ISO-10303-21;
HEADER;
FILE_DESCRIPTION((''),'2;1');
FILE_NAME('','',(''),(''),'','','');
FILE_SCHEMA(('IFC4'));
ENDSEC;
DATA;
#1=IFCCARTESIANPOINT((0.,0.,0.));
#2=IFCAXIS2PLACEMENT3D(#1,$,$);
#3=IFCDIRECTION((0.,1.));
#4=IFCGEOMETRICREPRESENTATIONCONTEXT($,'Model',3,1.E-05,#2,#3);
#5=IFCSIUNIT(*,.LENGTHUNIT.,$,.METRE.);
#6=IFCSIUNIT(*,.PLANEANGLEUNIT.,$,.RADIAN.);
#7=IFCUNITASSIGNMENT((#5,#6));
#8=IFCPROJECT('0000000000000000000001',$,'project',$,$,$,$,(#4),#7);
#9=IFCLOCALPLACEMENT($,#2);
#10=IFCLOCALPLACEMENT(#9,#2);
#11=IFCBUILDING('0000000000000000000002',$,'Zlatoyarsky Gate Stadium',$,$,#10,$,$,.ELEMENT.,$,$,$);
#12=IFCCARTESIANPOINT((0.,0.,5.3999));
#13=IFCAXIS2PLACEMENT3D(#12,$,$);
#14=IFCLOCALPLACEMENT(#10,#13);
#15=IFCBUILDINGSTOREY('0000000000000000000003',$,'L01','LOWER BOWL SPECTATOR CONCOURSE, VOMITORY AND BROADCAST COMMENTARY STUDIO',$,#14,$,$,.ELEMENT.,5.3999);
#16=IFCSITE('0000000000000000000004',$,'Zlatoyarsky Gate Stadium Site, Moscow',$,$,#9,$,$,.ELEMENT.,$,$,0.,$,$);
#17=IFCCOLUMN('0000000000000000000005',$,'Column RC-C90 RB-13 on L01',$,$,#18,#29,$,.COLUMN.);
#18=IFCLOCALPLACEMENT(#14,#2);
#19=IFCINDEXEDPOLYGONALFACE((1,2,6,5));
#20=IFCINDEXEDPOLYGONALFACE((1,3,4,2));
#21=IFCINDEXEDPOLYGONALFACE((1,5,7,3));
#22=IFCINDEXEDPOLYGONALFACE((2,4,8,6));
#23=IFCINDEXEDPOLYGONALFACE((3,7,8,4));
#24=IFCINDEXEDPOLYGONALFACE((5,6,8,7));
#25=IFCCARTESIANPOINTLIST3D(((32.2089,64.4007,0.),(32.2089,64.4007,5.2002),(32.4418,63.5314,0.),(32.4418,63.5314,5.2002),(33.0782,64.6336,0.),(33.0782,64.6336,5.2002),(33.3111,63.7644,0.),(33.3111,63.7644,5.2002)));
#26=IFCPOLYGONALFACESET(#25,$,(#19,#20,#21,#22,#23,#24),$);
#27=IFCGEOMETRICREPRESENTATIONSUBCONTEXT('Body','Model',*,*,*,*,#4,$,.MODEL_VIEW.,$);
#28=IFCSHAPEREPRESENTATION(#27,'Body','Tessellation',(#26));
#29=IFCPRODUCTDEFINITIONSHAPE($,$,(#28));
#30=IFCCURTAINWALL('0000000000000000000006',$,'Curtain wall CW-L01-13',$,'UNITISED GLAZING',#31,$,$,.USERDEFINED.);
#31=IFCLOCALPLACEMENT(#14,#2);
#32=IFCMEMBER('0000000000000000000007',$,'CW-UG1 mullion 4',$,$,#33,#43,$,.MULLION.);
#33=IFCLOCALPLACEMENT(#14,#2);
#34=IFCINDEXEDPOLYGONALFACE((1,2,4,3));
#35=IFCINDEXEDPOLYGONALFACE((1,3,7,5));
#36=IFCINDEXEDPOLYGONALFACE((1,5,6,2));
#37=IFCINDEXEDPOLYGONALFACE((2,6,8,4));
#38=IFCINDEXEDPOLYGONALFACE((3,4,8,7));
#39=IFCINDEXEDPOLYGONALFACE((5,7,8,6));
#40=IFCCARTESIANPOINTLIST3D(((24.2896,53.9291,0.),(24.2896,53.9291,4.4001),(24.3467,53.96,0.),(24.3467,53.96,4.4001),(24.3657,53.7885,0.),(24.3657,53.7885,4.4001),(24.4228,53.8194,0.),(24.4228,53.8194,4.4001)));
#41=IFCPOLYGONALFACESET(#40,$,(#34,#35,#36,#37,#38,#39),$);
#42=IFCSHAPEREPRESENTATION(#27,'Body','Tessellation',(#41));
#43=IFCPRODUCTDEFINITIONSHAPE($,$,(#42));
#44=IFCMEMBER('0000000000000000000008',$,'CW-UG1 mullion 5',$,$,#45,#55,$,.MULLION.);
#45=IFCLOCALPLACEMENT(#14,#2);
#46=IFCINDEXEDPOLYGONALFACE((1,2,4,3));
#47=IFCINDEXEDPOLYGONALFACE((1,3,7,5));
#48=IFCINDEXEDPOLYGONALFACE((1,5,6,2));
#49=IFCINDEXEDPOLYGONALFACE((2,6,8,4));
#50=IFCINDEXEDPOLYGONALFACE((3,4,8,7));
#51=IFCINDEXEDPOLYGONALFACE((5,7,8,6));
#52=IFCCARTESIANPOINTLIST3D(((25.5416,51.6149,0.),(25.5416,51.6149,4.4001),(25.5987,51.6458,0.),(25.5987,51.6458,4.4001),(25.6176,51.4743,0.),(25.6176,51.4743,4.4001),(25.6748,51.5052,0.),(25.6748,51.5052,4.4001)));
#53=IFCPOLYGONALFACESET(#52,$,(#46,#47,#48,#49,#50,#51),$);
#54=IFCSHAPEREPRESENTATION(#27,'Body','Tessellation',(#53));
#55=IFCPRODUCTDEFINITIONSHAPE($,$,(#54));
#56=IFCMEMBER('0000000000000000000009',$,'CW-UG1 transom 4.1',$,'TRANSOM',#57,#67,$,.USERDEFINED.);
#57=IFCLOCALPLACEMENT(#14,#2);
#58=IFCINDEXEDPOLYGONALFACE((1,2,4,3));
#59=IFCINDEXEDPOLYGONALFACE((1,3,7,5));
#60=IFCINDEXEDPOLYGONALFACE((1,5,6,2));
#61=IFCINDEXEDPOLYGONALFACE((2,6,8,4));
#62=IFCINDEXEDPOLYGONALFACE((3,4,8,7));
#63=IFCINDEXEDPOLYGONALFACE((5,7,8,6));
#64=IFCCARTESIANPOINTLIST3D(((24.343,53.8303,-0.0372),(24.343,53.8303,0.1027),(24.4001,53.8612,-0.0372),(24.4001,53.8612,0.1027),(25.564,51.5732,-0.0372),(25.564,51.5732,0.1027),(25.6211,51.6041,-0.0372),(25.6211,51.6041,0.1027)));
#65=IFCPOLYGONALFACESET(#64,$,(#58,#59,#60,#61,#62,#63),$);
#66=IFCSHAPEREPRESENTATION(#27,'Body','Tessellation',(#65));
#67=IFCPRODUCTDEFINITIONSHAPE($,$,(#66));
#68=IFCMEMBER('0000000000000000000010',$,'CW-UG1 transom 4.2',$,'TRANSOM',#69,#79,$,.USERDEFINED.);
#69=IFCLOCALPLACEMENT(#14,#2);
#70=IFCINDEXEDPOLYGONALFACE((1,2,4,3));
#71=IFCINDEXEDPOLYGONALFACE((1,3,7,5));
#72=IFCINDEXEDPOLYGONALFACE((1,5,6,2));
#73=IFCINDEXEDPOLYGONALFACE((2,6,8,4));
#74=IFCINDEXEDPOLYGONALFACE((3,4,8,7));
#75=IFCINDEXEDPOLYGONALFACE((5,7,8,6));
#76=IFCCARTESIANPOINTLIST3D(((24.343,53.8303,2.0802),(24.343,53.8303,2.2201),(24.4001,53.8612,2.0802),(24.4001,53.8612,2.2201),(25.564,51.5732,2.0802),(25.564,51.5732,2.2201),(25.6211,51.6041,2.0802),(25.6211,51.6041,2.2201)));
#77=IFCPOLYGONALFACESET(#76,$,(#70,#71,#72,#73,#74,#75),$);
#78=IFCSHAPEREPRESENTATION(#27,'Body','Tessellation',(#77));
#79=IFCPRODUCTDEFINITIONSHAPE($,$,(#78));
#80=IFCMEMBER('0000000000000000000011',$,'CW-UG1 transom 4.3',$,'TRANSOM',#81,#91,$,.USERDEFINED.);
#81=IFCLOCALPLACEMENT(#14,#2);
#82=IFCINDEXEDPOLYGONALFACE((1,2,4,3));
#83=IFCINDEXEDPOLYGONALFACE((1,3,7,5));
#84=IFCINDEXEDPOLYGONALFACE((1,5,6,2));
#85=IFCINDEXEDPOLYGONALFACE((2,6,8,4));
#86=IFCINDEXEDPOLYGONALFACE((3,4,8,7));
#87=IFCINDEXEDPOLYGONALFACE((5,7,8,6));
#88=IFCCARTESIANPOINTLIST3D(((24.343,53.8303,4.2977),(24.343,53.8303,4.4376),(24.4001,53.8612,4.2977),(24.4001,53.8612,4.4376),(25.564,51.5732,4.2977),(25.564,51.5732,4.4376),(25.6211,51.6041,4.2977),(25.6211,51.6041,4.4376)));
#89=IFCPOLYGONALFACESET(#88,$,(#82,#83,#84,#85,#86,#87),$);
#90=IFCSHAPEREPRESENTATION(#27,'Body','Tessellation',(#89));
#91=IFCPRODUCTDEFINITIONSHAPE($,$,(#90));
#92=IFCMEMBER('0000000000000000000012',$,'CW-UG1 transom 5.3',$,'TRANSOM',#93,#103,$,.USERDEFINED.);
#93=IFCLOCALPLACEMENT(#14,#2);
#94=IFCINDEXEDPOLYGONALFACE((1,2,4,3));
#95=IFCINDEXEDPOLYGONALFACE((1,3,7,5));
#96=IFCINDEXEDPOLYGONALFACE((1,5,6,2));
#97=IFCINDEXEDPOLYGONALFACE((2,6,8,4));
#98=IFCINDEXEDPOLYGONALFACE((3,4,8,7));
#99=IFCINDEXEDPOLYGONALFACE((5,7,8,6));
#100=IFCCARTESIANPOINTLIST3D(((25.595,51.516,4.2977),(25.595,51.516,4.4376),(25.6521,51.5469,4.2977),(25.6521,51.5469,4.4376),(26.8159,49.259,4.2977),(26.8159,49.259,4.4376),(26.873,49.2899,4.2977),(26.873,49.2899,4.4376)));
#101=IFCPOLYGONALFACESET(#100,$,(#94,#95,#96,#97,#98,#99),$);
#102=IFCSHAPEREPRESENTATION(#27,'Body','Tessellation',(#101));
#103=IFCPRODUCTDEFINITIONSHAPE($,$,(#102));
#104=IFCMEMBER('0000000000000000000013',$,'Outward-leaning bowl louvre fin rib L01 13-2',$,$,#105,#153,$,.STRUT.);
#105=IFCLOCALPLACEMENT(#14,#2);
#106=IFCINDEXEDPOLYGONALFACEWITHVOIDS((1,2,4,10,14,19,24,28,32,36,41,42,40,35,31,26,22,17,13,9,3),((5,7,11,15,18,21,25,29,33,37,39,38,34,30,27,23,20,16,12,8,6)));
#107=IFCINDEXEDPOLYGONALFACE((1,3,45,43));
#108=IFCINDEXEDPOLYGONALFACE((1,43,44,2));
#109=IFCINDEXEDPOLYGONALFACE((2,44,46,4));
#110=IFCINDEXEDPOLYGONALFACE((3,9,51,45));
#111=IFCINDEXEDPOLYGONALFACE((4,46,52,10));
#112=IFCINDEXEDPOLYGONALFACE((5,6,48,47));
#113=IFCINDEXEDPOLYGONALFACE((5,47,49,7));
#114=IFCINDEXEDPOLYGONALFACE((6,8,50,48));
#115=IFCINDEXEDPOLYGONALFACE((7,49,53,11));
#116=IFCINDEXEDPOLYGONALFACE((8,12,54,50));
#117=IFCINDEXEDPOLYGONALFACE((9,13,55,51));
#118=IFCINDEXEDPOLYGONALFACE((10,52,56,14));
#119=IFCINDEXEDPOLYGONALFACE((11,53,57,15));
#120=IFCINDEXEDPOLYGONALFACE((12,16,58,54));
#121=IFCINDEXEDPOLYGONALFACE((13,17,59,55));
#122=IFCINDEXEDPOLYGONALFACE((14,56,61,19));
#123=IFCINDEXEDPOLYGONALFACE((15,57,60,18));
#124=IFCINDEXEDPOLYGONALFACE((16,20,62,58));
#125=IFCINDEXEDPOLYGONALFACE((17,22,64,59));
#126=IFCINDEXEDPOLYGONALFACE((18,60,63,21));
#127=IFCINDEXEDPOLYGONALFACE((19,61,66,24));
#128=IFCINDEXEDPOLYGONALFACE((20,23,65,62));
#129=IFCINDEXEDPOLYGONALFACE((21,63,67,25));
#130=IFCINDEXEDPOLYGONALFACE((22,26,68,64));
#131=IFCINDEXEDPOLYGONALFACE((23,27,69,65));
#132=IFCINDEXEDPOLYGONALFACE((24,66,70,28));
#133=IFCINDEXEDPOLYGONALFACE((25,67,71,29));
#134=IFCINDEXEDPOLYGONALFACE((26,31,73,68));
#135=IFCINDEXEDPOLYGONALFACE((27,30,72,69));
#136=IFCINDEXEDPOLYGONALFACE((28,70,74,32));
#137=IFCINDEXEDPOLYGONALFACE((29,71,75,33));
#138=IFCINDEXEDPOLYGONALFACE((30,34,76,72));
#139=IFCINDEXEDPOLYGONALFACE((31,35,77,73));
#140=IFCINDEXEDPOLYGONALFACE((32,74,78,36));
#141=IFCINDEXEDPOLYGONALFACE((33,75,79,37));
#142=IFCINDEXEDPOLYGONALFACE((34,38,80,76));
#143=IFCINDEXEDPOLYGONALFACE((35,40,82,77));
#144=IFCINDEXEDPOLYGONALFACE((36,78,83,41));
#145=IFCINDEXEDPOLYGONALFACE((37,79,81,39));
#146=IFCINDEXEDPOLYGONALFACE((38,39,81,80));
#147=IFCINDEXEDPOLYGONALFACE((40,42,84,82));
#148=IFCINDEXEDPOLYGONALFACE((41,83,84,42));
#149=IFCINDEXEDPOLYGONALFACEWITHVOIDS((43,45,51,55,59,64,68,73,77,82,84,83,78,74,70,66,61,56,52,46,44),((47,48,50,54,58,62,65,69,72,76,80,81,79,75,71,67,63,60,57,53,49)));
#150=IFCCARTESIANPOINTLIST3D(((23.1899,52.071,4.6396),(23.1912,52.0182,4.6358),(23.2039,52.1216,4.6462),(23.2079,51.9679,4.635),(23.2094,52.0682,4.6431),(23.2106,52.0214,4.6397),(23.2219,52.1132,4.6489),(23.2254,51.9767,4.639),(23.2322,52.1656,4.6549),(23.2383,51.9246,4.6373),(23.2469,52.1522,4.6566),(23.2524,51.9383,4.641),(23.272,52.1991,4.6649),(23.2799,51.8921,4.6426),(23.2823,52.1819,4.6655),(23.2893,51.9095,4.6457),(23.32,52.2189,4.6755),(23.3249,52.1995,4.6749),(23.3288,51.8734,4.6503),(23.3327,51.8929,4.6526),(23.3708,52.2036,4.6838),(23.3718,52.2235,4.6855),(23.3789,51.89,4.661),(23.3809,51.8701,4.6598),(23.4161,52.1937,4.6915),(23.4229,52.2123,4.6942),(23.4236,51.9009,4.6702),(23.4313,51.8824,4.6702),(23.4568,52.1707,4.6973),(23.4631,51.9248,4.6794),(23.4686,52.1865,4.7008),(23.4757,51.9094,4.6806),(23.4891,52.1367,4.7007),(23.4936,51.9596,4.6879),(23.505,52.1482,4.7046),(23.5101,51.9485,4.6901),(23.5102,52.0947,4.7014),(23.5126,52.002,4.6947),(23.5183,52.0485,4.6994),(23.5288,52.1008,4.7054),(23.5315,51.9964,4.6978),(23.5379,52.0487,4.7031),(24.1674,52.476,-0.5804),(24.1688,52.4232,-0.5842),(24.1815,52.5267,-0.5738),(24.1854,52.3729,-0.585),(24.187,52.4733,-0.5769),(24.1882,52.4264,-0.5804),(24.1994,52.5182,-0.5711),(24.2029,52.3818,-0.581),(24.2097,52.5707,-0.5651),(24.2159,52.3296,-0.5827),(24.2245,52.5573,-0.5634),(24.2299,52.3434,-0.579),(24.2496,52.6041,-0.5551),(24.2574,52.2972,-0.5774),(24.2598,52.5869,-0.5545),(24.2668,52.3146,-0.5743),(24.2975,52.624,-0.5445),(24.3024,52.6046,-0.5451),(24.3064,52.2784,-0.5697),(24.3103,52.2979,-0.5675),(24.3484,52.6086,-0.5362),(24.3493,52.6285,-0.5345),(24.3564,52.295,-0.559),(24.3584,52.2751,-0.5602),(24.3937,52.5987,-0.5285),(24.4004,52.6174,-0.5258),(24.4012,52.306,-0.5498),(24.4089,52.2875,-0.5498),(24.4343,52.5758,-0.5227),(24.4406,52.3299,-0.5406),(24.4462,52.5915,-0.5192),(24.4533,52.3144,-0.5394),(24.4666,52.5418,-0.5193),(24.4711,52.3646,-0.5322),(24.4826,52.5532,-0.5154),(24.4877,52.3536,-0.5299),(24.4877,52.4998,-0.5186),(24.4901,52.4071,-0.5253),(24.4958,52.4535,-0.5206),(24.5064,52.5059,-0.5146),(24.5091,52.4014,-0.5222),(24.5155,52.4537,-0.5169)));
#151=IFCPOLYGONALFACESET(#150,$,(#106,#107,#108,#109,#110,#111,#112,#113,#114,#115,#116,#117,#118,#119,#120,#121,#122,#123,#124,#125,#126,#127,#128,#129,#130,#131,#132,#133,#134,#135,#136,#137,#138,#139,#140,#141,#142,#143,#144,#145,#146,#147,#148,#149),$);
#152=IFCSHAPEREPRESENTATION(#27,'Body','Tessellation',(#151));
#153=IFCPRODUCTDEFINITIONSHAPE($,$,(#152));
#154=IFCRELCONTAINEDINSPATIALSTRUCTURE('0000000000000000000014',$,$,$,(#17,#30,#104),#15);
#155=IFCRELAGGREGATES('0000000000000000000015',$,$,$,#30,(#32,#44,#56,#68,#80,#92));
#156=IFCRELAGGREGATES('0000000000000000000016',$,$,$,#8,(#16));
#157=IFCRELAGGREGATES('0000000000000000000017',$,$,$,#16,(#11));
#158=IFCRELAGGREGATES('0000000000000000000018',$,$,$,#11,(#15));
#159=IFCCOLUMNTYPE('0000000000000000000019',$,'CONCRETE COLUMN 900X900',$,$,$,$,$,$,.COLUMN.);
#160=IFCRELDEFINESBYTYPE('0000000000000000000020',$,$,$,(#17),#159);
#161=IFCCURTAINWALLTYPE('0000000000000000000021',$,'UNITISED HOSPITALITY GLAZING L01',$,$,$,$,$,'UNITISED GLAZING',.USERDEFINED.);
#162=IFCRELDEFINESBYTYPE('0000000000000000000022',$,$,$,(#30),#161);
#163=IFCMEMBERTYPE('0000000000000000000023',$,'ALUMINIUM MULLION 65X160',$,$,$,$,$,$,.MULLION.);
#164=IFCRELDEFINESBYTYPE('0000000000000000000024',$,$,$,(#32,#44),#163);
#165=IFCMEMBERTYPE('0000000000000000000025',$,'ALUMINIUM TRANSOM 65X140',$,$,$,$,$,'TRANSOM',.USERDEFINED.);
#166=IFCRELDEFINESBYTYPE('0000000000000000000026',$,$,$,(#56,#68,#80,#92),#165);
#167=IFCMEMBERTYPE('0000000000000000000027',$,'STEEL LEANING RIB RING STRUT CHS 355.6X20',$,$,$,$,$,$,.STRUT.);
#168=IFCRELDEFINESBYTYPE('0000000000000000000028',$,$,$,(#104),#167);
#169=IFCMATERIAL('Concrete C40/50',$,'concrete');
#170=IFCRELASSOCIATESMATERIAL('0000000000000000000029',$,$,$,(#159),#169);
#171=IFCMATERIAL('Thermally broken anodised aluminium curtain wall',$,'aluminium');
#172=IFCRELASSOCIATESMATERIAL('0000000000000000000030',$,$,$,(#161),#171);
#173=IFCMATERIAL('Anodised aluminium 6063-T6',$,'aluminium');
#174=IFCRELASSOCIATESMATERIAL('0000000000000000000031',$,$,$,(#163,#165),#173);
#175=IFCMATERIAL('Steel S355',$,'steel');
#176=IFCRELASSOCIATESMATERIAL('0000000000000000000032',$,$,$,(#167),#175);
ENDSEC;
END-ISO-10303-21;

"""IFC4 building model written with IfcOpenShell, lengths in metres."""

from ifc_helpers import new_model, si_unit, direction, frame, origin, origin_2d, place, context, subcontext, project, spatial, rectangle, hollow_circle, extrude, material, material_profile, profile_set, type_object, element, aggregate, save


model = new_model("IFC4")

# Units and contexts
model_context = context("Model", 3, precision=1e-05, world=origin(), true_north=direction((0.0, 1.0)))
body_context = subcontext(model_context, "Body", "Model", "MODEL_VIEW")
ifc_project = project(units=[si_unit("LENGTHUNIT", "METRE"), si_unit("PLANEANGLEUNIT", "RADIAN")], contexts=[model_context])

# Site, building, storey
site_placement = place(None, origin())
site = spatial("IfcSite", under=ifc_project, at=site_placement, Name="Zlatoyarsky Gate Stadium Site, Moscow", CompositionType="ELEMENT", RefElevation=0.0)
building_placement = place(site_placement, origin())
building = spatial("IfcBuilding", under=site, at=building_placement, Name="Zlatoyarsky Gate Stadium", CompositionType="ELEMENT")
storey_placement = place(building_placement, frame((0.0, 0.0, 5.3999)))
storey = spatial("IfcBuildingStorey", under=building, at=storey_placement, Name="L01", Description="LOWER BOWL SPECTATOR CONCOURSE, VOMITORY AND BROADCAST COMMENTARY STUDIO", CompositionType="ELEMENT", Elevation=5.3999)

# Column
ifc_material_1 = material(Name="Concrete C40/50", Category="concrete")
ifc_material_profile_1 = material_profile(ifc_material_1, rectangle(XDim=0.8999, YDim=0.8999, at=origin_2d()), Name="RC COL 900X900")
ifc_profile_set_1 = profile_set([ifc_material_profile_1], Name="Concrete C40/50")
column_type = type_object("IfcColumnType", Name="CONCRETE COLUMN 900X900", PredefinedType="COLUMN", material=ifc_profile_set_1)
column_placement = place(storey_placement, frame((32.76, 64.0825, 0.0), z_axis=(0.0, 0.0, 1.0), x_axis=(-0.965926, -0.258819, 0.0)))
element("IfcColumn", 1, at=column_placement, inside=storey, type_object=column_type, Name="Column RC-C90 RB-13 on L01", PredefinedType="COLUMN", context=body_context, shape_type="SweptSolid", body=[
    extrude(rectangle(XDim=0.8999, YDim=0.8999, at=origin_2d()), origin(), (0.0, 0.0, 1.0), 5.2002),
])

# Curtain wall, members
ifc_material_2 = material(Name="Thermally broken anodised aluminium curtain wall", Category="aluminium")
curtain_wall_type = type_object("IfcCurtainWallType", Name="UNITISED HOSPITALITY GLAZING L01", ElementType="UNITISED GLAZING", PredefinedType="USERDEFINED", material=ifc_material_2)
curtain_wall_placement = place(storey_placement, origin())
curtain_wall = element("IfcCurtainWall", 2, at=curtain_wall_placement, inside=storey, type_object=curtain_wall_type, Name="Curtain wall CW-L01-13", ObjectType="UNITISED GLAZING", PredefinedType="USERDEFINED")
ifc_material_3 = material(Name="Anodised aluminium 6063-T6", Category="aluminium")
ifc_material_profile_2 = material_profile(ifc_material_3, rectangle(XDim=0.0649, YDim=0.1599, at=origin_2d()), Name="ALU 65X160")
ifc_profile_set_2 = profile_set([ifc_material_profile_2], Name="Anodised aluminium 6063-T6")
member_type_1 = type_object("IfcMemberType", Name="ALUMINIUM MULLION 65X160", PredefinedType="MULLION", material=ifc_profile_set_2)
member_1_placement = place(storey_placement, frame((24.3562, 53.8743, 0.0), z_axis=(0.0, 0.0, 1.0), x_axis=(0.879561, 0.475786, 0.0)))
member_1 = element("IfcMember", 3, at=member_1_placement, type_object=member_type_1, Name="CW-UG1 mullion 4", PredefinedType="MULLION", context=body_context, shape_type="SweptSolid", body=[
    extrude(rectangle(XDim=0.0649, YDim=0.1599, at=origin_2d()), origin(), (0.0, 0.0, 1.0), 4.4001),
])
member_2_placement = place(storey_placement, frame((25.6082, 51.5601, 0.0), z_axis=(0.0, 0.0, 1.0), x_axis=(0.879561, 0.475786, 0.0)))
member_2 = element("IfcMember", 4, at=member_2_placement, type_object=member_type_1, Name="CW-UG1 mullion 5", PredefinedType="MULLION", context=body_context, shape_type="SweptSolid", body=[
    extrude(rectangle(XDim=0.0649, YDim=0.1599, at=origin_2d()), origin(), (0.0, 0.0, 1.0), 4.4001),
])
ifc_material_profile_3 = material_profile(ifc_material_3, rectangle(XDim=0.0649, YDim=0.1399, at=origin_2d()), Name="ALU 65X140")
ifc_profile_set_3 = profile_set([ifc_material_profile_3], Name="Anodised aluminium 6063-T6")
member_type_2 = type_object("IfcMemberType", Name="ALUMINIUM TRANSOM 65X140", ElementType="TRANSOM", PredefinedType="USERDEFINED", material=ifc_profile_set_3)
member_3_placement = place(storey_placement, frame((24.3716, 53.8457, 0.0327), z_axis=(0.47579, -0.879559, 0.0), x_axis=(0.879559, 0.47579, 0.0)))
member_3 = element("IfcMember", 5, at=member_3_placement, type_object=member_type_2, Name="CW-UG1 transom 4.1", ObjectType="TRANSOM", PredefinedType="USERDEFINED", context=body_context, shape_type="SweptSolid", body=[
    extrude(rectangle(XDim=0.0649, YDim=0.1399, at=origin_2d()), origin(), (0.0, 0.0, 1.0), 2.5662),
])
member_4_placement = place(storey_placement, frame((24.3716, 53.8457, 2.1501), z_axis=(0.47579, -0.879559, 0.0), x_axis=(0.879559, 0.47579, 0.0)))
member_4 = element("IfcMember", 6, at=member_4_placement, type_object=member_type_2, Name="CW-UG1 transom 4.2", ObjectType="TRANSOM", PredefinedType="USERDEFINED", context=body_context, shape_type="SweptSolid", body=[
    extrude(rectangle(XDim=0.0649, YDim=0.1399, at=origin_2d()), origin(), (0.0, 0.0, 1.0), 2.5662),
])
member_5_placement = place(storey_placement, frame((24.3716, 53.8457, 4.3677), z_axis=(0.47579, -0.879559, 0.0), x_axis=(0.879559, 0.47579, 0.0)))
member_5 = element("IfcMember", 7, at=member_5_placement, type_object=member_type_2, Name="CW-UG1 transom 4.3", ObjectType="TRANSOM", PredefinedType="USERDEFINED", context=body_context, shape_type="SweptSolid", body=[
    extrude(rectangle(XDim=0.0649, YDim=0.1399, at=origin_2d()), origin(), (0.0, 0.0, 1.0), 2.5662),
])
member_6_placement = place(storey_placement, frame((25.6235, 51.5315, 4.3677), z_axis=(0.47579, -0.879559, 0.0), x_axis=(0.879559, 0.47579, 0.0)))
member_6 = element("IfcMember", 8, at=member_6_placement, type_object=member_type_2, Name="CW-UG1 transom 5.3", ObjectType="TRANSOM", PredefinedType="USERDEFINED", context=body_context, shape_type="SweptSolid", body=[
    extrude(rectangle(XDim=0.0649, YDim=0.1399, at=origin_2d()), origin(), (0.0, 0.0, 1.0), 2.5662),
])

# Member
ifc_material_4 = material(Name="Steel S355", Category="steel")
ifc_material_profile_4 = material_profile(ifc_material_4, hollow_circle(Radius=0.1777, WallThickness=0.02, at=origin_2d()), Name="CHS 355.6X20")
ifc_profile_set_4 = profile_set([ifc_material_profile_4], Name="Steel S355")
member_type_3 = type_object("IfcMemberType", Name="STEEL LEANING RIB RING STRUT CHS 355.6X20", PredefinedType="STRUT", material=ifc_profile_set_4)
member_7_placement = place(storey_placement, frame((24.3408, 52.4517, -0.5498), z_axis=(-0.183536, -0.076046, 0.980067), x_axis=(0.38278, -0.92384, 0.0)))
element("IfcMember", 9, at=member_7_placement, inside=storey, type_object=member_type_3, Name="Outward-leaning bowl louvre fin rib L01 13-2", PredefinedType="STRUT", context=body_context, shape_type="SweptSolid", body=[
    extrude(hollow_circle(Radius=0.1777, WallThickness=0.02, at=origin_2d()), origin(), (0.0, 0.0, 1.0), 5.3262),
])

aggregate(curtain_wall, [member_1, member_2, member_3, member_4, member_5, member_6])

save(model, "model.ifc")
